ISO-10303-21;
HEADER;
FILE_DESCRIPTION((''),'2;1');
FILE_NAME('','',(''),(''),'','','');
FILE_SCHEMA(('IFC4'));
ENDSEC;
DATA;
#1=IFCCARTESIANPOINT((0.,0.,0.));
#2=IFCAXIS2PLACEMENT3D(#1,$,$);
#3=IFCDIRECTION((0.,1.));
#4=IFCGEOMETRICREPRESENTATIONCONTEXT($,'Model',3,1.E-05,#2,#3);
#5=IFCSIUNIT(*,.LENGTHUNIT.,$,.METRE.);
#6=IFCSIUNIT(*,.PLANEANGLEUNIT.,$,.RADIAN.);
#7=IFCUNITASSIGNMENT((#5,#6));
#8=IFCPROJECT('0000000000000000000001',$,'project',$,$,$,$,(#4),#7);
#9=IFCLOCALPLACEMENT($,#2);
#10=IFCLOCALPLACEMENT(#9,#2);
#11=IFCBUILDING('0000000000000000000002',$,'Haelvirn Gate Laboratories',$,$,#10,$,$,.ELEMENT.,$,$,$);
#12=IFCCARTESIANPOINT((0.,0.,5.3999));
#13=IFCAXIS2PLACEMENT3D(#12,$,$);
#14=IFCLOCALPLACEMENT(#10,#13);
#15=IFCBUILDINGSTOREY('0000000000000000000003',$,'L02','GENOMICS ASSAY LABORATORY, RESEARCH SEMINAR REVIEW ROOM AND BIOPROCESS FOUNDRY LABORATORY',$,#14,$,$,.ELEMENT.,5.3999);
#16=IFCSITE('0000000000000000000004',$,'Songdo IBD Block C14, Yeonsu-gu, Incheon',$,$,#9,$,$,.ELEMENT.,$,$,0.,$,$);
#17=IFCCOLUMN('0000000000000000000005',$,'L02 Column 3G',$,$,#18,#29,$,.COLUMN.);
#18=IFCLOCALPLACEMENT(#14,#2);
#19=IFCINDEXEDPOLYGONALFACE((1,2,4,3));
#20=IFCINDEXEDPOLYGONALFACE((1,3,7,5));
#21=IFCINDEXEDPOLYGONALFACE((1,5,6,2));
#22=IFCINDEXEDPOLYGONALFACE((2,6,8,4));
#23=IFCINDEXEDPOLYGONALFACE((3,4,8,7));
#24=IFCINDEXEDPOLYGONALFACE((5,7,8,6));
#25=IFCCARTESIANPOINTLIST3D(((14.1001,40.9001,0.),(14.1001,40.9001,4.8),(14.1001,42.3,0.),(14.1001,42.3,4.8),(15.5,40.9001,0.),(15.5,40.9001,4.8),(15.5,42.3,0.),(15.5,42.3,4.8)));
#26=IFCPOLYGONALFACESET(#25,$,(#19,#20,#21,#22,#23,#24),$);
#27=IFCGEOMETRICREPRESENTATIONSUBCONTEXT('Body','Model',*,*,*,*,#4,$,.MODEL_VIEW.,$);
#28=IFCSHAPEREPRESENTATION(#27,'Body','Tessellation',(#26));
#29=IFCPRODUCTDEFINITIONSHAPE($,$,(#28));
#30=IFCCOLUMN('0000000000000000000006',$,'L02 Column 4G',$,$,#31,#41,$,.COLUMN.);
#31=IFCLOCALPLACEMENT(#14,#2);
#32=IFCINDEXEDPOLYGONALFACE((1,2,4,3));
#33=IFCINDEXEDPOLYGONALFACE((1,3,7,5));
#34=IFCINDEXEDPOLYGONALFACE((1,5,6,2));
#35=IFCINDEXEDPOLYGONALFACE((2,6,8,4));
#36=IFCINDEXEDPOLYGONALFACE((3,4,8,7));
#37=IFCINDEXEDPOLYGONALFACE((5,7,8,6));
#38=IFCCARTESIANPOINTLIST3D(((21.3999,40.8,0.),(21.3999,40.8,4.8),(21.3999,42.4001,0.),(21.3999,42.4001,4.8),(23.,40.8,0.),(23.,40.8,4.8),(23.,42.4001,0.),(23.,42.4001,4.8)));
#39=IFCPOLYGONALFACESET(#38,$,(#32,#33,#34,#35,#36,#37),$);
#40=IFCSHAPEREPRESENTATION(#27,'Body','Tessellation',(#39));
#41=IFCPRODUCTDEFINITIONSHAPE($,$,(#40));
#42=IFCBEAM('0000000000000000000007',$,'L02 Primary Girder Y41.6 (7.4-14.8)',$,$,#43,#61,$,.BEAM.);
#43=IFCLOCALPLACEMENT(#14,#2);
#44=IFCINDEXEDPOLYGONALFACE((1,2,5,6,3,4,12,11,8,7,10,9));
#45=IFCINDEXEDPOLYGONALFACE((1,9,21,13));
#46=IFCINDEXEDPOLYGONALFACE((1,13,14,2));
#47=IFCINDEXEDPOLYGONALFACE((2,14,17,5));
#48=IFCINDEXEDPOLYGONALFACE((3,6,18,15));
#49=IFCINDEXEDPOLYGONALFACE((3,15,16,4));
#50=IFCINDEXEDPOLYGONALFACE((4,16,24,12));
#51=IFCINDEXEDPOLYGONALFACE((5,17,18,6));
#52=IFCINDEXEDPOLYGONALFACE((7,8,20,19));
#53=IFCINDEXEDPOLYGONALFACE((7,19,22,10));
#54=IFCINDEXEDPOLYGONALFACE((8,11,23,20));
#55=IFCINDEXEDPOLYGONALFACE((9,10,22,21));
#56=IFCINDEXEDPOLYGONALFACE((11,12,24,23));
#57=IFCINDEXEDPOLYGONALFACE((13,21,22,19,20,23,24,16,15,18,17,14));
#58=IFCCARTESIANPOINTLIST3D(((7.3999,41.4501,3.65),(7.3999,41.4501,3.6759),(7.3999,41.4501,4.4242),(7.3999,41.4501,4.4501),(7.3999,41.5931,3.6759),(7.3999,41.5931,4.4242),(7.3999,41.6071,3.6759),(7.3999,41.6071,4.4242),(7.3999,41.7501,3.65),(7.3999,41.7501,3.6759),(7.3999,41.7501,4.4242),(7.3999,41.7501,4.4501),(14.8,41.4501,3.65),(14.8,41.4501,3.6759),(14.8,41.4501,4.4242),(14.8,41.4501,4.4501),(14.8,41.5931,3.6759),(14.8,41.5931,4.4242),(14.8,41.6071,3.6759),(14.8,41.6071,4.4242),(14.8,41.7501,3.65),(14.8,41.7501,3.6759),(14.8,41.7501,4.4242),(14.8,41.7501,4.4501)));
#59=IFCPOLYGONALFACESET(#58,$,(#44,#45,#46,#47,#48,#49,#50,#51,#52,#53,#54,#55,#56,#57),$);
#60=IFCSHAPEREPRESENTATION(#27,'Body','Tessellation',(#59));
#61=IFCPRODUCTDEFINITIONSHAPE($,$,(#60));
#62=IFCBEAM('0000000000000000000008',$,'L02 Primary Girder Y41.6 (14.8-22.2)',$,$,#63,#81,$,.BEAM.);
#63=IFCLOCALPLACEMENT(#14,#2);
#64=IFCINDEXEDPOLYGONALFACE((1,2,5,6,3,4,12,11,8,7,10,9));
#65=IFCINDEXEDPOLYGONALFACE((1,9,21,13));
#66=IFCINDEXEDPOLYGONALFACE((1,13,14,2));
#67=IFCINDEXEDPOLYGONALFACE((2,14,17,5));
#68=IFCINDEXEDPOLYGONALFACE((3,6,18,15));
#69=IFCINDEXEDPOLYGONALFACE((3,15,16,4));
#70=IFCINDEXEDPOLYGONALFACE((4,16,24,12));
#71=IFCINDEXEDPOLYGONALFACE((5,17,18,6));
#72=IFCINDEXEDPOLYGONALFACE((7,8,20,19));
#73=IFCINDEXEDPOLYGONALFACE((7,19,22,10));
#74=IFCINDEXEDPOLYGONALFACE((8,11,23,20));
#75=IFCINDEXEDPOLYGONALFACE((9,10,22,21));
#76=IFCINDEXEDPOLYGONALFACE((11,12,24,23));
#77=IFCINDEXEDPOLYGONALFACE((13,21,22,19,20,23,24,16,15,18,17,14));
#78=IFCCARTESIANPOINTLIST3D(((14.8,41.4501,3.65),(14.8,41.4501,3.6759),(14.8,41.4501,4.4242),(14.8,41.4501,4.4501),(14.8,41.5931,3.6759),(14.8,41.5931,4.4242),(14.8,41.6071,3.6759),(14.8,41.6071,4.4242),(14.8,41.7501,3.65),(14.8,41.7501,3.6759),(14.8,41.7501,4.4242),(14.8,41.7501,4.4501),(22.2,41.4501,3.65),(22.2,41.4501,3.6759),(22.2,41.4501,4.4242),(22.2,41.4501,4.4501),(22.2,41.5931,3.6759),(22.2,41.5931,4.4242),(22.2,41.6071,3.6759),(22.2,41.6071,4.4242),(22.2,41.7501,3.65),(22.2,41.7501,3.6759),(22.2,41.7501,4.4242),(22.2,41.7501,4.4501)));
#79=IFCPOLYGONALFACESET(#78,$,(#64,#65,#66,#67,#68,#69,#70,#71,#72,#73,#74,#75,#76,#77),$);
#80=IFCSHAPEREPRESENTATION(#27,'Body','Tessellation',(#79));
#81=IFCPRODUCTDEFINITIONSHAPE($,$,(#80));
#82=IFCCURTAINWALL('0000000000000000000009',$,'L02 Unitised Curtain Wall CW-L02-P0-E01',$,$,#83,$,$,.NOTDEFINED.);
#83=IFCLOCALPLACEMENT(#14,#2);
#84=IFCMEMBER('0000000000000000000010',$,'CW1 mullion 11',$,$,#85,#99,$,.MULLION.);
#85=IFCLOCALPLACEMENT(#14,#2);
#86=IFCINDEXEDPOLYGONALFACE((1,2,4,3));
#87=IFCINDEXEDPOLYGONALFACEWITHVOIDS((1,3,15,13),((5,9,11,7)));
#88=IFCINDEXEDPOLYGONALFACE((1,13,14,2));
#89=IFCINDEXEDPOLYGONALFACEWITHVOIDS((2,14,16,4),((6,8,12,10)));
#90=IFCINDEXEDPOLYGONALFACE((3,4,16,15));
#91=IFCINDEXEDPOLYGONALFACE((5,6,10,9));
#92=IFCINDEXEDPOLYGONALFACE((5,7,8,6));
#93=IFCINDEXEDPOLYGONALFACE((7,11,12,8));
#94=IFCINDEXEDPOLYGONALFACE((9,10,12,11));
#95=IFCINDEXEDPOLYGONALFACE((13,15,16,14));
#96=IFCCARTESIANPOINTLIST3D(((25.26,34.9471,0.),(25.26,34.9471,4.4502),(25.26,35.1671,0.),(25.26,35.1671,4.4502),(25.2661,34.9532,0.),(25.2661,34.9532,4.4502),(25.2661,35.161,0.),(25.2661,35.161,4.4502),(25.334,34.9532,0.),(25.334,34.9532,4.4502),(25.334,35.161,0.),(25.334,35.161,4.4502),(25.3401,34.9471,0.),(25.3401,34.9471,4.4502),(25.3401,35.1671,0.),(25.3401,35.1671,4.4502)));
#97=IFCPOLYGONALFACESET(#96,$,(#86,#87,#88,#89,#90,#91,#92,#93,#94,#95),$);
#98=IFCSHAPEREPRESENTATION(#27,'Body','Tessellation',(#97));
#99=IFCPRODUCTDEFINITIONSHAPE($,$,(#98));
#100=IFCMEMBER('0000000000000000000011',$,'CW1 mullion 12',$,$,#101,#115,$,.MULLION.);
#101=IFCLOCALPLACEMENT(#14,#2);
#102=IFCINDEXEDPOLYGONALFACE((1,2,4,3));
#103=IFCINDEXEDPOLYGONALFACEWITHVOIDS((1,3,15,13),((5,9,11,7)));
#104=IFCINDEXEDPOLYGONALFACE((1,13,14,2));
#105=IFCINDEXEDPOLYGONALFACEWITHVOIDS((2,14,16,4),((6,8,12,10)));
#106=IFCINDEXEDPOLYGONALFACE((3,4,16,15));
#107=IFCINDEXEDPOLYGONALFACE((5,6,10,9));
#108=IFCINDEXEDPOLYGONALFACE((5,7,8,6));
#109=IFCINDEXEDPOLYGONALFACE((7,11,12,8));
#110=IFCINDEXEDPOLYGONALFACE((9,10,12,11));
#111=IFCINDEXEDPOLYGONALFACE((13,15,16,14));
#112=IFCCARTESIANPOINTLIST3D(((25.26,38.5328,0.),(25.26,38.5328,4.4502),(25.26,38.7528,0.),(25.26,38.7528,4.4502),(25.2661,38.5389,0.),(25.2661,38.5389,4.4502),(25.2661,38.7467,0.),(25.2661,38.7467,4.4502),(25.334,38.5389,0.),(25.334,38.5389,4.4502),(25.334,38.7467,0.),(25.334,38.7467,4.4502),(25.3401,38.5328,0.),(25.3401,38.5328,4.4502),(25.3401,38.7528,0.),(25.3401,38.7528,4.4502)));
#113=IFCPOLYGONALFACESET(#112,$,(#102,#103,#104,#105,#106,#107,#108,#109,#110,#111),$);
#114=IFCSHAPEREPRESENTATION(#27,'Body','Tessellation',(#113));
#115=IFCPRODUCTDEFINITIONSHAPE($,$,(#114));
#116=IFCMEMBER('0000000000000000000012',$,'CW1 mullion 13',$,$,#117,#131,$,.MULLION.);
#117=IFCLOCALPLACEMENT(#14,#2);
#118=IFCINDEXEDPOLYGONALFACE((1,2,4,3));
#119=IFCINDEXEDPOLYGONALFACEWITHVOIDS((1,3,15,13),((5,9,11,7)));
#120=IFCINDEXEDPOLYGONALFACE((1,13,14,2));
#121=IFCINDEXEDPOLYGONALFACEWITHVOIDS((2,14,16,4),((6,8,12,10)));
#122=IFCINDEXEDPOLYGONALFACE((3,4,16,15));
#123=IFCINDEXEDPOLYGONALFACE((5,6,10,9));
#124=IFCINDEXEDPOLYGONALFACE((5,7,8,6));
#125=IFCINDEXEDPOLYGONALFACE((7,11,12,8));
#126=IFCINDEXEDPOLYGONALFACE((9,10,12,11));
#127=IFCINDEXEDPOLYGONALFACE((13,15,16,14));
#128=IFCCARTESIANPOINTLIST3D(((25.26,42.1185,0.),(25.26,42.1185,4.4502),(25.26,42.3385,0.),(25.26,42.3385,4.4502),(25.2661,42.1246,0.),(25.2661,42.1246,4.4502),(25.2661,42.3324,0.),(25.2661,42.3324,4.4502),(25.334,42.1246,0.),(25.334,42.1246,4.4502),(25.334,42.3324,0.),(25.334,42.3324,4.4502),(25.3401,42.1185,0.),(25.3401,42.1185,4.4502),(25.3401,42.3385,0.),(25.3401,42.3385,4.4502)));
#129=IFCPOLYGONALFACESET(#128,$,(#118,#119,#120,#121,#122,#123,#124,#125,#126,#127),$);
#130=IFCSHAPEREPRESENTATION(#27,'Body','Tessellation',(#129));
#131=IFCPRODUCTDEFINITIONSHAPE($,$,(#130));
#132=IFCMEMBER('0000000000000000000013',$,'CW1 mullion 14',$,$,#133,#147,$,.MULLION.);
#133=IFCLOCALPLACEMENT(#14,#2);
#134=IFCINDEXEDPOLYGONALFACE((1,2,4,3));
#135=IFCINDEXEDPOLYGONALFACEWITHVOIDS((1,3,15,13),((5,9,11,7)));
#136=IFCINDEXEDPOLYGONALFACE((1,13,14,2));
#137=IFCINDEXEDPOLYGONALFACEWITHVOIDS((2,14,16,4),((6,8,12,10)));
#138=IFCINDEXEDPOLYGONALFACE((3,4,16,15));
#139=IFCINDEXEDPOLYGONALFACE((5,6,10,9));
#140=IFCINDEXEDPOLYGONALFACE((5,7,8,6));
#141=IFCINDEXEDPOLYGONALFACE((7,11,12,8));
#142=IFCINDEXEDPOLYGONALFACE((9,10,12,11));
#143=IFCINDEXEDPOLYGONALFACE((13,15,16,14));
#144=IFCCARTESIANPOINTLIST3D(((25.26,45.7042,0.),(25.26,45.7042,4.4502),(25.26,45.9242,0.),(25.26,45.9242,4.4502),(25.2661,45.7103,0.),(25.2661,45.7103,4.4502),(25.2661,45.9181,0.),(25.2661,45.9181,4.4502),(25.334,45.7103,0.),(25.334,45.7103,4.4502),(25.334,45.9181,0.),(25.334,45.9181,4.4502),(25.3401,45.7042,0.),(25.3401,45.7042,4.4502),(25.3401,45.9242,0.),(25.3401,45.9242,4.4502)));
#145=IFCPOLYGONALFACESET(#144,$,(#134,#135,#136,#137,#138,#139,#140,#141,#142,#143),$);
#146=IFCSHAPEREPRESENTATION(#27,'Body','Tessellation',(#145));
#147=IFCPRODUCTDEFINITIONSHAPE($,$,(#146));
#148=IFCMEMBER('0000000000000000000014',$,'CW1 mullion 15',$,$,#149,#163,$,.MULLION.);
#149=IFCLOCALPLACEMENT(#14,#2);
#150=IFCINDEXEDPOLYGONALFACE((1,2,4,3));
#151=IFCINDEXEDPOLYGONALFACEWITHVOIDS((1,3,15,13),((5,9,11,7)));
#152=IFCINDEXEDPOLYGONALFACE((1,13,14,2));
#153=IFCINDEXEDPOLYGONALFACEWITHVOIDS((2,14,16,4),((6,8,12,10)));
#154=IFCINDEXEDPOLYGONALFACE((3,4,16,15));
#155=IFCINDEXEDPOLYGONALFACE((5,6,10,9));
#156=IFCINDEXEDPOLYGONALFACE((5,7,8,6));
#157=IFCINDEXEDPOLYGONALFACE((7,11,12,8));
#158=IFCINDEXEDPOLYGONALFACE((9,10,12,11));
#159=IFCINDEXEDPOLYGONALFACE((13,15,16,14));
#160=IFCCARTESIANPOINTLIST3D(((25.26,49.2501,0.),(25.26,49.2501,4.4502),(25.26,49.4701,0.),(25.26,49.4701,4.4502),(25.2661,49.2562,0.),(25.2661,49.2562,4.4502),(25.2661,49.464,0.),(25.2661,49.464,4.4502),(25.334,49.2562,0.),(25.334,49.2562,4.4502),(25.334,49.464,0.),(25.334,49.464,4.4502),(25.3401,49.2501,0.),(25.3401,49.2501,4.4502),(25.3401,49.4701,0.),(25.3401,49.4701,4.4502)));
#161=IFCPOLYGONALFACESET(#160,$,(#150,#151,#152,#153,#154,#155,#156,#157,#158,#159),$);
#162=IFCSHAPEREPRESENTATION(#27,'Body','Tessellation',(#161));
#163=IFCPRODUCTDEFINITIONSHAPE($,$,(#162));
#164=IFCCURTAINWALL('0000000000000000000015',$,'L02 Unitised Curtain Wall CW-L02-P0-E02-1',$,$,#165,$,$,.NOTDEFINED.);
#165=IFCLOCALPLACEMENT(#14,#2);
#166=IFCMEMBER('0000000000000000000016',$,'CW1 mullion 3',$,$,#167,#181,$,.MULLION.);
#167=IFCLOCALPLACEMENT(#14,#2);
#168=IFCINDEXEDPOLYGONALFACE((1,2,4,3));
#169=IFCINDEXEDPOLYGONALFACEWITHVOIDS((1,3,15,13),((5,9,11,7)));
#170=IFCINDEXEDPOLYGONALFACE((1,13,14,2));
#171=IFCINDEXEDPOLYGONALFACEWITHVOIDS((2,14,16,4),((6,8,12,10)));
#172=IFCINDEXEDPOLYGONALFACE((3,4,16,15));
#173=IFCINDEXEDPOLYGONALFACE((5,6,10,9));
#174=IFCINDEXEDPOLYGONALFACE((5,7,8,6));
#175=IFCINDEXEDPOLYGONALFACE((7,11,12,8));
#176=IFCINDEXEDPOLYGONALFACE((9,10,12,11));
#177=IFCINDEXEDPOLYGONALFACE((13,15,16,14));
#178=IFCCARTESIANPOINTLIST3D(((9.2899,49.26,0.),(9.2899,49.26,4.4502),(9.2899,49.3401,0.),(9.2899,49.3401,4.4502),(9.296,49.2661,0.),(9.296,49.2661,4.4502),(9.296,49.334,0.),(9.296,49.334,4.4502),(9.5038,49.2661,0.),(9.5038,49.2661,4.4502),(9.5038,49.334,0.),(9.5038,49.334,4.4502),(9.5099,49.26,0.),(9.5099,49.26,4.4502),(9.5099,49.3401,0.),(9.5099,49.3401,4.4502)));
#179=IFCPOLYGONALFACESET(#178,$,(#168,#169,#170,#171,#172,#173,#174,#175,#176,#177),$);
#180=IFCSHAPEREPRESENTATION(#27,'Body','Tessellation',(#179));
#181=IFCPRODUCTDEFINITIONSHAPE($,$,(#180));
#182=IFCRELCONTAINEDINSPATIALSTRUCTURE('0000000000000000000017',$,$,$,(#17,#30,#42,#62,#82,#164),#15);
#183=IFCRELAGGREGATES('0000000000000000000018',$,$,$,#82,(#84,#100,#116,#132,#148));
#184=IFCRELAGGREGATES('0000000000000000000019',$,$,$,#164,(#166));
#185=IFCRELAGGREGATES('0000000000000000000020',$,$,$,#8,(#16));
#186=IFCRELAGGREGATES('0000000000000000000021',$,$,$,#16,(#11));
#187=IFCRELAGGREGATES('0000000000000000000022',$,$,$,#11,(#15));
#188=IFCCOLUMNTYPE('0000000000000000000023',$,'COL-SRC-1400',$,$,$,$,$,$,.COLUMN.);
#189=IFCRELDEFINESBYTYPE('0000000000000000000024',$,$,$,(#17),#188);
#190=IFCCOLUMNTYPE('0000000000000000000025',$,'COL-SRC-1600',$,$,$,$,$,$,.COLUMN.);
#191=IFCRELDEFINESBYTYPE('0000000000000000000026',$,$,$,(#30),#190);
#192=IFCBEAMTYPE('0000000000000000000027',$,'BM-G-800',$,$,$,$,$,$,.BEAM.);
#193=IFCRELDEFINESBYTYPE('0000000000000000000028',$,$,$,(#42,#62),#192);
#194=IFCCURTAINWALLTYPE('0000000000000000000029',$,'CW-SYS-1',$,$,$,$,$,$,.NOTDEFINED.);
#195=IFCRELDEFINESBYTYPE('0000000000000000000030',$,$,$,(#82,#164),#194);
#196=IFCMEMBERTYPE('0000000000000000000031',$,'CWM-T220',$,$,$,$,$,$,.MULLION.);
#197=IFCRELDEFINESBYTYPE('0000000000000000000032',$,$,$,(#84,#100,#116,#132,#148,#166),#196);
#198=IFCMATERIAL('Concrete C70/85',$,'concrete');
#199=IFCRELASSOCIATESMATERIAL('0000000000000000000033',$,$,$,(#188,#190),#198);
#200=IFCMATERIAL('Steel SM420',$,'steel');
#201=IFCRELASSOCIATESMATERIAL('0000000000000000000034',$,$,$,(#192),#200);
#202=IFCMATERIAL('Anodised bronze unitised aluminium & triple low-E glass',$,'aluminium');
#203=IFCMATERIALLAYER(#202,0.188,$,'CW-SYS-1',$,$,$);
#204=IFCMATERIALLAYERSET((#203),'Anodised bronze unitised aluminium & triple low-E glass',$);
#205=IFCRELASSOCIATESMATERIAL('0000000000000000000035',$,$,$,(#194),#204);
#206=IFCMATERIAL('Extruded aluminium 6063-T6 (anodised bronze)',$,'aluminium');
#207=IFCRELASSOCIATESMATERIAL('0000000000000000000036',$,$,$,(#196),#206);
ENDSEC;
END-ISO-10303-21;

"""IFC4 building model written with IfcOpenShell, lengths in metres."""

from ifc_helpers import new_model, si_unit, direction, frame, origin, origin_2d, place, context, subcontext, project, spatial, rectangle, hollow_rectangle, i_section, extrude, source, transform, mapped, material, layer, layer_set, material_profile, profile_set, type_object, type_shapes, element, aggregate, save


model = new_model("IFC4")

# Units and contexts
model_context = context("Model", 3, precision=1e-05, world=origin(), true_north=direction((0.0, 1.0)))
body_context = subcontext(model_context, "Body", "Model", "MODEL_VIEW")
ifc_project = project(units=[si_unit("LENGTHUNIT", "METRE"), si_unit("PLANEANGLEUNIT", "RADIAN")], contexts=[model_context])

# Site, building, storey
site_placement = place(None, origin())
site = spatial("IfcSite", under=ifc_project, at=site_placement, Name="Songdo IBD Block C14, Yeonsu-gu, Incheon", CompositionType="ELEMENT", RefElevation=0.0)
building_placement = place(site_placement, origin())
building = spatial("IfcBuilding", under=site, at=building_placement, Name="Haelvirn Gate Laboratories", CompositionType="ELEMENT")
storey_placement = place(building_placement, frame((0.0, 0.0, 5.3999)))
storey = spatial("IfcBuildingStorey", under=building, at=storey_placement, Name="L02", Description="GENOMICS ASSAY LABORATORY, RESEARCH SEMINAR REVIEW ROOM AND BIOPROCESS FOUNDRY LABORATORY", CompositionType="ELEMENT", Elevation=5.3999)

# Columns
ifc_material_1 = material(Name="Concrete C70/85", Category="concrete")
ifc_material_profile_1 = material_profile(ifc_material_1, rectangle(XDim=1.3999, YDim=1.3999, at=origin_2d()), Name="SRC-1400x1400")
ifc_profile_set_1 = profile_set([ifc_material_profile_1], Name="Concrete C70/85")
column_type_1 = type_object("IfcColumnType", Name="COL-SRC-1400", PredefinedType="COLUMN", material=ifc_profile_set_1)
shared_shape_1 = source(origin(), body_context, "Body", "SweptSolid", [
    extrude(rectangle(XDim=1.3999, YDim=1.3999, at=origin_2d()), origin(), (0.0, 0.0, 1.0), 4.8),
])
type_shapes(column_type_1, [shared_shape_1])
column_1_placement = place(storey_placement, frame((14.8, 41.6001, 0.0), z_axis=(0.0, 0.0, 1.0), x_axis=(1.0, 0.0, 0.0)))
element("IfcColumn", 1, at=column_1_placement, inside=storey, type_object=column_type_1, Name="L02 Column 3G", PredefinedType="COLUMN", context=body_context, shape_type="MappedRepresentation", body=[
    mapped(shared_shape_1, transform((0.0, 0.0, 0.0), scale=1.0)),
])
ifc_material_profile_2 = material_profile(ifc_material_1, rectangle(XDim=1.6001, YDim=1.6001, at=origin_2d()), Name="SRC-1600x1600")
ifc_profile_set_2 = profile_set([ifc_material_profile_2], Name="Concrete C70/85")
column_type_2 = type_object("IfcColumnType", Name="COL-SRC-1600", PredefinedType="COLUMN", material=ifc_profile_set_2)
shared_shape_2 = source(origin(), body_context, "Body", "SweptSolid", [
    extrude(rectangle(XDim=1.6001, YDim=1.6001, at=origin_2d()), origin(), (0.0, 0.0, 1.0), 4.8),
])
type_shapes(column_type_2, [shared_shape_2])
column_2_placement = place(storey_placement, frame((22.2, 41.6001, 0.0), z_axis=(0.0, 0.0, 1.0), x_axis=(1.0, 0.0, 0.0)))
element("IfcColumn", 2, at=column_2_placement, inside=storey, type_object=column_type_2, Name="L02 Column 4G", PredefinedType="COLUMN", context=body_context, shape_type="MappedRepresentation", body=[
    mapped(shared_shape_2, transform((0.0, 0.0, 0.0), scale=1.0)),
])

# Beams
ifc_material_2 = material(Name="Steel SM420", Category="steel")
ifc_material_profile_3 = material_profile(ifc_material_2, i_section(OverallWidth=0.3, OverallDepth=0.8, WebThickness=0.0139, FlangeThickness=0.0259, at=origin_2d()), Name="H-800x300x14x26")
ifc_profile_set_3 = profile_set([ifc_material_profile_3], Name="Steel SM420")
beam_type = type_object("IfcBeamType", Name="BM-G-800", PredefinedType="BEAM", material=ifc_profile_set_3)
shared_shape_3 = source(origin(), body_context, "Body", "SweptSolid", [
    extrude(i_section(OverallWidth=0.3, OverallDepth=0.8, WebThickness=0.0139, FlangeThickness=0.0259, at=origin_2d()), origin(), (0.0, 0.0, 1.0), 7.4001),
])
beam_1_placement = place(storey_placement, frame((7.3999, 41.6001, 4.05), z_axis=(1.0, 0.0, 0.0), x_axis=(0.0, 1.0, 0.0)))
element("IfcBeam", 3, at=beam_1_placement, inside=storey, type_object=beam_type, Name="L02 Primary Girder Y41.6 (7.4-14.8)", PredefinedType="BEAM", context=body_context, shape_type="MappedRepresentation", body=[
    mapped(shared_shape_3, transform((0.0, 0.0, 0.0), scale=1.0)),
])
shared_shape_4 = source(origin(), body_context, "Body", "SweptSolid", [
    extrude(i_section(OverallWidth=0.3, OverallDepth=0.8, WebThickness=0.0139, FlangeThickness=0.0259, at=origin_2d()), origin(), (0.0, 0.0, 1.0), 7.3999),
])
type_shapes(beam_type, [shared_shape_3, shared_shape_4])
beam_2_placement = place(storey_placement, frame((14.8, 41.6001, 4.05), z_axis=(1.0, 0.0, 0.0), x_axis=(0.0, 1.0, 0.0)))
element("IfcBeam", 4, at=beam_2_placement, inside=storey, type_object=beam_type, Name="L02 Primary Girder Y41.6 (14.8-22.2)", PredefinedType="BEAM", context=body_context, shape_type="MappedRepresentation", body=[
    mapped(shared_shape_4, transform((0.0, 0.0, 0.0), scale=1.0)),
])

# Curtain walls, members
ifc_material_3 = material(Name="Anodised bronze unitised aluminium & triple low-E glass", Category="aluminium")
ifc_layer_1 = layer(ifc_material_3, 0.188, Name="CW-SYS-1")
ifc_layer_set_1 = layer_set([ifc_layer_1], Name="Anodised bronze unitised aluminium & triple low-E glass")
curtain_wall_type = type_object("IfcCurtainWallType", Name="CW-SYS-1", PredefinedType="NOTDEFINED", material=ifc_layer_set_1)
curtain_wall_1_placement = place(storey_placement, origin())
curtain_wall_1 = element("IfcCurtainWall", 5, at=curtain_wall_1_placement, inside=storey, type_object=curtain_wall_type, Name="L02 Unitised Curtain Wall CW-L02-P0-E01", PredefinedType="NOTDEFINED")
ifc_material_4 = material(Name="Extruded aluminium 6063-T6 (anodised bronze)", Category="aluminium")
ifc_material_profile_4 = material_profile(ifc_material_4, hollow_rectangle(XDim=0.0801, YDim=0.22, WallThickness=0.0061, at=origin_2d()), Name="CWM-220x80x6")
ifc_profile_set_4 = profile_set([ifc_material_profile_4], Name="Extruded aluminium 6063-T6 (anodised bronze)")
member_type_1 = type_object("IfcMemberType", Name="CWM-T220", PredefinedType="MULLION", material=ifc_profile_set_4)
shared_shape_5 = source(origin(), body_context, "Body", "SweptSolid", [
    extrude(hollow_rectangle(XDim=0.0801, YDim=0.22, WallThickness=0.0061, at=origin_2d()), origin(), (0.0, 0.0, 1.0), 4.4502),
])
type_shapes(member_type_1, [shared_shape_5])
member_1_placement = place(storey_placement, frame((25.3, 35.0571, 0.0), z_axis=(0.0, 0.0, 1.0), x_axis=(-1.0, 0.0, 0.0)))
member_1 = element("IfcMember", 6, at=member_1_placement, type_object=member_type_1, Name="CW1 mullion 11", PredefinedType="MULLION", context=body_context, shape_type="MappedRepresentation", body=[
    mapped(shared_shape_5, transform((0.0, 0.0, 0.0), scale=1.0)),
])
member_2_placement = place(storey_placement, frame((25.3, 38.6428, 0.0), z_axis=(0.0, 0.0, 1.0), x_axis=(-1.0, 0.0, 0.0)))
member_2 = element("IfcMember", 7, at=member_2_placement, type_object=member_type_1, Name="CW1 mullion 12", PredefinedType="MULLION", context=body_context, shape_type="MappedRepresentation", body=[
    mapped(shared_shape_5, transform((0.0, 0.0, 0.0), scale=1.0)),
])
member_3_placement = place(storey_placement, frame((25.3, 42.2285, 0.0), z_axis=(0.0, 0.0, 1.0), x_axis=(-1.0, 0.0, 0.0)))
member_3 = element("IfcMember", 8, at=member_3_placement, type_object=member_type_1, Name="CW1 mullion 13", PredefinedType="MULLION", context=body_context, shape_type="MappedRepresentation", body=[
    mapped(shared_shape_5, transform((0.0, 0.0, 0.0), scale=1.0)),
])
member_4_placement = place(storey_placement, frame((25.3, 45.8142, 0.0), z_axis=(0.0, 0.0, 1.0), x_axis=(-1.0, 0.0, 0.0)))
member_4 = element("IfcMember", 9, at=member_4_placement, type_object=member_type_1, Name="CW1 mullion 14", PredefinedType="MULLION", context=body_context, shape_type="MappedRepresentation", body=[
    mapped(shared_shape_5, transform((0.0, 0.0, 0.0), scale=1.0)),
])
member_5_placement = place(storey_placement, frame((25.3, 49.3601, 0.0), z_axis=(0.0, 0.0, 1.0), x_axis=(-1.0, 0.0, 0.0)))
member_5 = element("IfcMember", 10, at=member_5_placement, type_object=member_type_1, Name="CW1 mullion 15", PredefinedType="MULLION", context=body_context, shape_type="MappedRepresentation", body=[
    mapped(shared_shape_5, transform((0.0, 0.0, 0.0), scale=1.0)),
])
curtain_wall_2_placement = place(storey_placement, origin())
curtain_wall_2 = element("IfcCurtainWall", 11, at=curtain_wall_2_placement, inside=storey, type_object=curtain_wall_type, Name="L02 Unitised Curtain Wall CW-L02-P0-E02-1", PredefinedType="NOTDEFINED")
member_6_placement = place(storey_placement, frame((9.3999, 49.3, 0.0), z_axis=(0.0, 0.0, 1.0), x_axis=(0.0, 1.0, 0.0)))
member_6 = element("IfcMember", 12, at=member_6_placement, type_object=member_type_1, Name="CW1 mullion 3", PredefinedType="MULLION", context=body_context, shape_type="MappedRepresentation", body=[
    mapped(shared_shape_5, transform((0.0, 0.0, 0.0), scale=1.0)),
])

aggregate(curtain_wall_1, [member_1, member_2, member_3, member_4, member_5])
aggregate(curtain_wall_2, [member_6])

save(model, "model.ifc")
